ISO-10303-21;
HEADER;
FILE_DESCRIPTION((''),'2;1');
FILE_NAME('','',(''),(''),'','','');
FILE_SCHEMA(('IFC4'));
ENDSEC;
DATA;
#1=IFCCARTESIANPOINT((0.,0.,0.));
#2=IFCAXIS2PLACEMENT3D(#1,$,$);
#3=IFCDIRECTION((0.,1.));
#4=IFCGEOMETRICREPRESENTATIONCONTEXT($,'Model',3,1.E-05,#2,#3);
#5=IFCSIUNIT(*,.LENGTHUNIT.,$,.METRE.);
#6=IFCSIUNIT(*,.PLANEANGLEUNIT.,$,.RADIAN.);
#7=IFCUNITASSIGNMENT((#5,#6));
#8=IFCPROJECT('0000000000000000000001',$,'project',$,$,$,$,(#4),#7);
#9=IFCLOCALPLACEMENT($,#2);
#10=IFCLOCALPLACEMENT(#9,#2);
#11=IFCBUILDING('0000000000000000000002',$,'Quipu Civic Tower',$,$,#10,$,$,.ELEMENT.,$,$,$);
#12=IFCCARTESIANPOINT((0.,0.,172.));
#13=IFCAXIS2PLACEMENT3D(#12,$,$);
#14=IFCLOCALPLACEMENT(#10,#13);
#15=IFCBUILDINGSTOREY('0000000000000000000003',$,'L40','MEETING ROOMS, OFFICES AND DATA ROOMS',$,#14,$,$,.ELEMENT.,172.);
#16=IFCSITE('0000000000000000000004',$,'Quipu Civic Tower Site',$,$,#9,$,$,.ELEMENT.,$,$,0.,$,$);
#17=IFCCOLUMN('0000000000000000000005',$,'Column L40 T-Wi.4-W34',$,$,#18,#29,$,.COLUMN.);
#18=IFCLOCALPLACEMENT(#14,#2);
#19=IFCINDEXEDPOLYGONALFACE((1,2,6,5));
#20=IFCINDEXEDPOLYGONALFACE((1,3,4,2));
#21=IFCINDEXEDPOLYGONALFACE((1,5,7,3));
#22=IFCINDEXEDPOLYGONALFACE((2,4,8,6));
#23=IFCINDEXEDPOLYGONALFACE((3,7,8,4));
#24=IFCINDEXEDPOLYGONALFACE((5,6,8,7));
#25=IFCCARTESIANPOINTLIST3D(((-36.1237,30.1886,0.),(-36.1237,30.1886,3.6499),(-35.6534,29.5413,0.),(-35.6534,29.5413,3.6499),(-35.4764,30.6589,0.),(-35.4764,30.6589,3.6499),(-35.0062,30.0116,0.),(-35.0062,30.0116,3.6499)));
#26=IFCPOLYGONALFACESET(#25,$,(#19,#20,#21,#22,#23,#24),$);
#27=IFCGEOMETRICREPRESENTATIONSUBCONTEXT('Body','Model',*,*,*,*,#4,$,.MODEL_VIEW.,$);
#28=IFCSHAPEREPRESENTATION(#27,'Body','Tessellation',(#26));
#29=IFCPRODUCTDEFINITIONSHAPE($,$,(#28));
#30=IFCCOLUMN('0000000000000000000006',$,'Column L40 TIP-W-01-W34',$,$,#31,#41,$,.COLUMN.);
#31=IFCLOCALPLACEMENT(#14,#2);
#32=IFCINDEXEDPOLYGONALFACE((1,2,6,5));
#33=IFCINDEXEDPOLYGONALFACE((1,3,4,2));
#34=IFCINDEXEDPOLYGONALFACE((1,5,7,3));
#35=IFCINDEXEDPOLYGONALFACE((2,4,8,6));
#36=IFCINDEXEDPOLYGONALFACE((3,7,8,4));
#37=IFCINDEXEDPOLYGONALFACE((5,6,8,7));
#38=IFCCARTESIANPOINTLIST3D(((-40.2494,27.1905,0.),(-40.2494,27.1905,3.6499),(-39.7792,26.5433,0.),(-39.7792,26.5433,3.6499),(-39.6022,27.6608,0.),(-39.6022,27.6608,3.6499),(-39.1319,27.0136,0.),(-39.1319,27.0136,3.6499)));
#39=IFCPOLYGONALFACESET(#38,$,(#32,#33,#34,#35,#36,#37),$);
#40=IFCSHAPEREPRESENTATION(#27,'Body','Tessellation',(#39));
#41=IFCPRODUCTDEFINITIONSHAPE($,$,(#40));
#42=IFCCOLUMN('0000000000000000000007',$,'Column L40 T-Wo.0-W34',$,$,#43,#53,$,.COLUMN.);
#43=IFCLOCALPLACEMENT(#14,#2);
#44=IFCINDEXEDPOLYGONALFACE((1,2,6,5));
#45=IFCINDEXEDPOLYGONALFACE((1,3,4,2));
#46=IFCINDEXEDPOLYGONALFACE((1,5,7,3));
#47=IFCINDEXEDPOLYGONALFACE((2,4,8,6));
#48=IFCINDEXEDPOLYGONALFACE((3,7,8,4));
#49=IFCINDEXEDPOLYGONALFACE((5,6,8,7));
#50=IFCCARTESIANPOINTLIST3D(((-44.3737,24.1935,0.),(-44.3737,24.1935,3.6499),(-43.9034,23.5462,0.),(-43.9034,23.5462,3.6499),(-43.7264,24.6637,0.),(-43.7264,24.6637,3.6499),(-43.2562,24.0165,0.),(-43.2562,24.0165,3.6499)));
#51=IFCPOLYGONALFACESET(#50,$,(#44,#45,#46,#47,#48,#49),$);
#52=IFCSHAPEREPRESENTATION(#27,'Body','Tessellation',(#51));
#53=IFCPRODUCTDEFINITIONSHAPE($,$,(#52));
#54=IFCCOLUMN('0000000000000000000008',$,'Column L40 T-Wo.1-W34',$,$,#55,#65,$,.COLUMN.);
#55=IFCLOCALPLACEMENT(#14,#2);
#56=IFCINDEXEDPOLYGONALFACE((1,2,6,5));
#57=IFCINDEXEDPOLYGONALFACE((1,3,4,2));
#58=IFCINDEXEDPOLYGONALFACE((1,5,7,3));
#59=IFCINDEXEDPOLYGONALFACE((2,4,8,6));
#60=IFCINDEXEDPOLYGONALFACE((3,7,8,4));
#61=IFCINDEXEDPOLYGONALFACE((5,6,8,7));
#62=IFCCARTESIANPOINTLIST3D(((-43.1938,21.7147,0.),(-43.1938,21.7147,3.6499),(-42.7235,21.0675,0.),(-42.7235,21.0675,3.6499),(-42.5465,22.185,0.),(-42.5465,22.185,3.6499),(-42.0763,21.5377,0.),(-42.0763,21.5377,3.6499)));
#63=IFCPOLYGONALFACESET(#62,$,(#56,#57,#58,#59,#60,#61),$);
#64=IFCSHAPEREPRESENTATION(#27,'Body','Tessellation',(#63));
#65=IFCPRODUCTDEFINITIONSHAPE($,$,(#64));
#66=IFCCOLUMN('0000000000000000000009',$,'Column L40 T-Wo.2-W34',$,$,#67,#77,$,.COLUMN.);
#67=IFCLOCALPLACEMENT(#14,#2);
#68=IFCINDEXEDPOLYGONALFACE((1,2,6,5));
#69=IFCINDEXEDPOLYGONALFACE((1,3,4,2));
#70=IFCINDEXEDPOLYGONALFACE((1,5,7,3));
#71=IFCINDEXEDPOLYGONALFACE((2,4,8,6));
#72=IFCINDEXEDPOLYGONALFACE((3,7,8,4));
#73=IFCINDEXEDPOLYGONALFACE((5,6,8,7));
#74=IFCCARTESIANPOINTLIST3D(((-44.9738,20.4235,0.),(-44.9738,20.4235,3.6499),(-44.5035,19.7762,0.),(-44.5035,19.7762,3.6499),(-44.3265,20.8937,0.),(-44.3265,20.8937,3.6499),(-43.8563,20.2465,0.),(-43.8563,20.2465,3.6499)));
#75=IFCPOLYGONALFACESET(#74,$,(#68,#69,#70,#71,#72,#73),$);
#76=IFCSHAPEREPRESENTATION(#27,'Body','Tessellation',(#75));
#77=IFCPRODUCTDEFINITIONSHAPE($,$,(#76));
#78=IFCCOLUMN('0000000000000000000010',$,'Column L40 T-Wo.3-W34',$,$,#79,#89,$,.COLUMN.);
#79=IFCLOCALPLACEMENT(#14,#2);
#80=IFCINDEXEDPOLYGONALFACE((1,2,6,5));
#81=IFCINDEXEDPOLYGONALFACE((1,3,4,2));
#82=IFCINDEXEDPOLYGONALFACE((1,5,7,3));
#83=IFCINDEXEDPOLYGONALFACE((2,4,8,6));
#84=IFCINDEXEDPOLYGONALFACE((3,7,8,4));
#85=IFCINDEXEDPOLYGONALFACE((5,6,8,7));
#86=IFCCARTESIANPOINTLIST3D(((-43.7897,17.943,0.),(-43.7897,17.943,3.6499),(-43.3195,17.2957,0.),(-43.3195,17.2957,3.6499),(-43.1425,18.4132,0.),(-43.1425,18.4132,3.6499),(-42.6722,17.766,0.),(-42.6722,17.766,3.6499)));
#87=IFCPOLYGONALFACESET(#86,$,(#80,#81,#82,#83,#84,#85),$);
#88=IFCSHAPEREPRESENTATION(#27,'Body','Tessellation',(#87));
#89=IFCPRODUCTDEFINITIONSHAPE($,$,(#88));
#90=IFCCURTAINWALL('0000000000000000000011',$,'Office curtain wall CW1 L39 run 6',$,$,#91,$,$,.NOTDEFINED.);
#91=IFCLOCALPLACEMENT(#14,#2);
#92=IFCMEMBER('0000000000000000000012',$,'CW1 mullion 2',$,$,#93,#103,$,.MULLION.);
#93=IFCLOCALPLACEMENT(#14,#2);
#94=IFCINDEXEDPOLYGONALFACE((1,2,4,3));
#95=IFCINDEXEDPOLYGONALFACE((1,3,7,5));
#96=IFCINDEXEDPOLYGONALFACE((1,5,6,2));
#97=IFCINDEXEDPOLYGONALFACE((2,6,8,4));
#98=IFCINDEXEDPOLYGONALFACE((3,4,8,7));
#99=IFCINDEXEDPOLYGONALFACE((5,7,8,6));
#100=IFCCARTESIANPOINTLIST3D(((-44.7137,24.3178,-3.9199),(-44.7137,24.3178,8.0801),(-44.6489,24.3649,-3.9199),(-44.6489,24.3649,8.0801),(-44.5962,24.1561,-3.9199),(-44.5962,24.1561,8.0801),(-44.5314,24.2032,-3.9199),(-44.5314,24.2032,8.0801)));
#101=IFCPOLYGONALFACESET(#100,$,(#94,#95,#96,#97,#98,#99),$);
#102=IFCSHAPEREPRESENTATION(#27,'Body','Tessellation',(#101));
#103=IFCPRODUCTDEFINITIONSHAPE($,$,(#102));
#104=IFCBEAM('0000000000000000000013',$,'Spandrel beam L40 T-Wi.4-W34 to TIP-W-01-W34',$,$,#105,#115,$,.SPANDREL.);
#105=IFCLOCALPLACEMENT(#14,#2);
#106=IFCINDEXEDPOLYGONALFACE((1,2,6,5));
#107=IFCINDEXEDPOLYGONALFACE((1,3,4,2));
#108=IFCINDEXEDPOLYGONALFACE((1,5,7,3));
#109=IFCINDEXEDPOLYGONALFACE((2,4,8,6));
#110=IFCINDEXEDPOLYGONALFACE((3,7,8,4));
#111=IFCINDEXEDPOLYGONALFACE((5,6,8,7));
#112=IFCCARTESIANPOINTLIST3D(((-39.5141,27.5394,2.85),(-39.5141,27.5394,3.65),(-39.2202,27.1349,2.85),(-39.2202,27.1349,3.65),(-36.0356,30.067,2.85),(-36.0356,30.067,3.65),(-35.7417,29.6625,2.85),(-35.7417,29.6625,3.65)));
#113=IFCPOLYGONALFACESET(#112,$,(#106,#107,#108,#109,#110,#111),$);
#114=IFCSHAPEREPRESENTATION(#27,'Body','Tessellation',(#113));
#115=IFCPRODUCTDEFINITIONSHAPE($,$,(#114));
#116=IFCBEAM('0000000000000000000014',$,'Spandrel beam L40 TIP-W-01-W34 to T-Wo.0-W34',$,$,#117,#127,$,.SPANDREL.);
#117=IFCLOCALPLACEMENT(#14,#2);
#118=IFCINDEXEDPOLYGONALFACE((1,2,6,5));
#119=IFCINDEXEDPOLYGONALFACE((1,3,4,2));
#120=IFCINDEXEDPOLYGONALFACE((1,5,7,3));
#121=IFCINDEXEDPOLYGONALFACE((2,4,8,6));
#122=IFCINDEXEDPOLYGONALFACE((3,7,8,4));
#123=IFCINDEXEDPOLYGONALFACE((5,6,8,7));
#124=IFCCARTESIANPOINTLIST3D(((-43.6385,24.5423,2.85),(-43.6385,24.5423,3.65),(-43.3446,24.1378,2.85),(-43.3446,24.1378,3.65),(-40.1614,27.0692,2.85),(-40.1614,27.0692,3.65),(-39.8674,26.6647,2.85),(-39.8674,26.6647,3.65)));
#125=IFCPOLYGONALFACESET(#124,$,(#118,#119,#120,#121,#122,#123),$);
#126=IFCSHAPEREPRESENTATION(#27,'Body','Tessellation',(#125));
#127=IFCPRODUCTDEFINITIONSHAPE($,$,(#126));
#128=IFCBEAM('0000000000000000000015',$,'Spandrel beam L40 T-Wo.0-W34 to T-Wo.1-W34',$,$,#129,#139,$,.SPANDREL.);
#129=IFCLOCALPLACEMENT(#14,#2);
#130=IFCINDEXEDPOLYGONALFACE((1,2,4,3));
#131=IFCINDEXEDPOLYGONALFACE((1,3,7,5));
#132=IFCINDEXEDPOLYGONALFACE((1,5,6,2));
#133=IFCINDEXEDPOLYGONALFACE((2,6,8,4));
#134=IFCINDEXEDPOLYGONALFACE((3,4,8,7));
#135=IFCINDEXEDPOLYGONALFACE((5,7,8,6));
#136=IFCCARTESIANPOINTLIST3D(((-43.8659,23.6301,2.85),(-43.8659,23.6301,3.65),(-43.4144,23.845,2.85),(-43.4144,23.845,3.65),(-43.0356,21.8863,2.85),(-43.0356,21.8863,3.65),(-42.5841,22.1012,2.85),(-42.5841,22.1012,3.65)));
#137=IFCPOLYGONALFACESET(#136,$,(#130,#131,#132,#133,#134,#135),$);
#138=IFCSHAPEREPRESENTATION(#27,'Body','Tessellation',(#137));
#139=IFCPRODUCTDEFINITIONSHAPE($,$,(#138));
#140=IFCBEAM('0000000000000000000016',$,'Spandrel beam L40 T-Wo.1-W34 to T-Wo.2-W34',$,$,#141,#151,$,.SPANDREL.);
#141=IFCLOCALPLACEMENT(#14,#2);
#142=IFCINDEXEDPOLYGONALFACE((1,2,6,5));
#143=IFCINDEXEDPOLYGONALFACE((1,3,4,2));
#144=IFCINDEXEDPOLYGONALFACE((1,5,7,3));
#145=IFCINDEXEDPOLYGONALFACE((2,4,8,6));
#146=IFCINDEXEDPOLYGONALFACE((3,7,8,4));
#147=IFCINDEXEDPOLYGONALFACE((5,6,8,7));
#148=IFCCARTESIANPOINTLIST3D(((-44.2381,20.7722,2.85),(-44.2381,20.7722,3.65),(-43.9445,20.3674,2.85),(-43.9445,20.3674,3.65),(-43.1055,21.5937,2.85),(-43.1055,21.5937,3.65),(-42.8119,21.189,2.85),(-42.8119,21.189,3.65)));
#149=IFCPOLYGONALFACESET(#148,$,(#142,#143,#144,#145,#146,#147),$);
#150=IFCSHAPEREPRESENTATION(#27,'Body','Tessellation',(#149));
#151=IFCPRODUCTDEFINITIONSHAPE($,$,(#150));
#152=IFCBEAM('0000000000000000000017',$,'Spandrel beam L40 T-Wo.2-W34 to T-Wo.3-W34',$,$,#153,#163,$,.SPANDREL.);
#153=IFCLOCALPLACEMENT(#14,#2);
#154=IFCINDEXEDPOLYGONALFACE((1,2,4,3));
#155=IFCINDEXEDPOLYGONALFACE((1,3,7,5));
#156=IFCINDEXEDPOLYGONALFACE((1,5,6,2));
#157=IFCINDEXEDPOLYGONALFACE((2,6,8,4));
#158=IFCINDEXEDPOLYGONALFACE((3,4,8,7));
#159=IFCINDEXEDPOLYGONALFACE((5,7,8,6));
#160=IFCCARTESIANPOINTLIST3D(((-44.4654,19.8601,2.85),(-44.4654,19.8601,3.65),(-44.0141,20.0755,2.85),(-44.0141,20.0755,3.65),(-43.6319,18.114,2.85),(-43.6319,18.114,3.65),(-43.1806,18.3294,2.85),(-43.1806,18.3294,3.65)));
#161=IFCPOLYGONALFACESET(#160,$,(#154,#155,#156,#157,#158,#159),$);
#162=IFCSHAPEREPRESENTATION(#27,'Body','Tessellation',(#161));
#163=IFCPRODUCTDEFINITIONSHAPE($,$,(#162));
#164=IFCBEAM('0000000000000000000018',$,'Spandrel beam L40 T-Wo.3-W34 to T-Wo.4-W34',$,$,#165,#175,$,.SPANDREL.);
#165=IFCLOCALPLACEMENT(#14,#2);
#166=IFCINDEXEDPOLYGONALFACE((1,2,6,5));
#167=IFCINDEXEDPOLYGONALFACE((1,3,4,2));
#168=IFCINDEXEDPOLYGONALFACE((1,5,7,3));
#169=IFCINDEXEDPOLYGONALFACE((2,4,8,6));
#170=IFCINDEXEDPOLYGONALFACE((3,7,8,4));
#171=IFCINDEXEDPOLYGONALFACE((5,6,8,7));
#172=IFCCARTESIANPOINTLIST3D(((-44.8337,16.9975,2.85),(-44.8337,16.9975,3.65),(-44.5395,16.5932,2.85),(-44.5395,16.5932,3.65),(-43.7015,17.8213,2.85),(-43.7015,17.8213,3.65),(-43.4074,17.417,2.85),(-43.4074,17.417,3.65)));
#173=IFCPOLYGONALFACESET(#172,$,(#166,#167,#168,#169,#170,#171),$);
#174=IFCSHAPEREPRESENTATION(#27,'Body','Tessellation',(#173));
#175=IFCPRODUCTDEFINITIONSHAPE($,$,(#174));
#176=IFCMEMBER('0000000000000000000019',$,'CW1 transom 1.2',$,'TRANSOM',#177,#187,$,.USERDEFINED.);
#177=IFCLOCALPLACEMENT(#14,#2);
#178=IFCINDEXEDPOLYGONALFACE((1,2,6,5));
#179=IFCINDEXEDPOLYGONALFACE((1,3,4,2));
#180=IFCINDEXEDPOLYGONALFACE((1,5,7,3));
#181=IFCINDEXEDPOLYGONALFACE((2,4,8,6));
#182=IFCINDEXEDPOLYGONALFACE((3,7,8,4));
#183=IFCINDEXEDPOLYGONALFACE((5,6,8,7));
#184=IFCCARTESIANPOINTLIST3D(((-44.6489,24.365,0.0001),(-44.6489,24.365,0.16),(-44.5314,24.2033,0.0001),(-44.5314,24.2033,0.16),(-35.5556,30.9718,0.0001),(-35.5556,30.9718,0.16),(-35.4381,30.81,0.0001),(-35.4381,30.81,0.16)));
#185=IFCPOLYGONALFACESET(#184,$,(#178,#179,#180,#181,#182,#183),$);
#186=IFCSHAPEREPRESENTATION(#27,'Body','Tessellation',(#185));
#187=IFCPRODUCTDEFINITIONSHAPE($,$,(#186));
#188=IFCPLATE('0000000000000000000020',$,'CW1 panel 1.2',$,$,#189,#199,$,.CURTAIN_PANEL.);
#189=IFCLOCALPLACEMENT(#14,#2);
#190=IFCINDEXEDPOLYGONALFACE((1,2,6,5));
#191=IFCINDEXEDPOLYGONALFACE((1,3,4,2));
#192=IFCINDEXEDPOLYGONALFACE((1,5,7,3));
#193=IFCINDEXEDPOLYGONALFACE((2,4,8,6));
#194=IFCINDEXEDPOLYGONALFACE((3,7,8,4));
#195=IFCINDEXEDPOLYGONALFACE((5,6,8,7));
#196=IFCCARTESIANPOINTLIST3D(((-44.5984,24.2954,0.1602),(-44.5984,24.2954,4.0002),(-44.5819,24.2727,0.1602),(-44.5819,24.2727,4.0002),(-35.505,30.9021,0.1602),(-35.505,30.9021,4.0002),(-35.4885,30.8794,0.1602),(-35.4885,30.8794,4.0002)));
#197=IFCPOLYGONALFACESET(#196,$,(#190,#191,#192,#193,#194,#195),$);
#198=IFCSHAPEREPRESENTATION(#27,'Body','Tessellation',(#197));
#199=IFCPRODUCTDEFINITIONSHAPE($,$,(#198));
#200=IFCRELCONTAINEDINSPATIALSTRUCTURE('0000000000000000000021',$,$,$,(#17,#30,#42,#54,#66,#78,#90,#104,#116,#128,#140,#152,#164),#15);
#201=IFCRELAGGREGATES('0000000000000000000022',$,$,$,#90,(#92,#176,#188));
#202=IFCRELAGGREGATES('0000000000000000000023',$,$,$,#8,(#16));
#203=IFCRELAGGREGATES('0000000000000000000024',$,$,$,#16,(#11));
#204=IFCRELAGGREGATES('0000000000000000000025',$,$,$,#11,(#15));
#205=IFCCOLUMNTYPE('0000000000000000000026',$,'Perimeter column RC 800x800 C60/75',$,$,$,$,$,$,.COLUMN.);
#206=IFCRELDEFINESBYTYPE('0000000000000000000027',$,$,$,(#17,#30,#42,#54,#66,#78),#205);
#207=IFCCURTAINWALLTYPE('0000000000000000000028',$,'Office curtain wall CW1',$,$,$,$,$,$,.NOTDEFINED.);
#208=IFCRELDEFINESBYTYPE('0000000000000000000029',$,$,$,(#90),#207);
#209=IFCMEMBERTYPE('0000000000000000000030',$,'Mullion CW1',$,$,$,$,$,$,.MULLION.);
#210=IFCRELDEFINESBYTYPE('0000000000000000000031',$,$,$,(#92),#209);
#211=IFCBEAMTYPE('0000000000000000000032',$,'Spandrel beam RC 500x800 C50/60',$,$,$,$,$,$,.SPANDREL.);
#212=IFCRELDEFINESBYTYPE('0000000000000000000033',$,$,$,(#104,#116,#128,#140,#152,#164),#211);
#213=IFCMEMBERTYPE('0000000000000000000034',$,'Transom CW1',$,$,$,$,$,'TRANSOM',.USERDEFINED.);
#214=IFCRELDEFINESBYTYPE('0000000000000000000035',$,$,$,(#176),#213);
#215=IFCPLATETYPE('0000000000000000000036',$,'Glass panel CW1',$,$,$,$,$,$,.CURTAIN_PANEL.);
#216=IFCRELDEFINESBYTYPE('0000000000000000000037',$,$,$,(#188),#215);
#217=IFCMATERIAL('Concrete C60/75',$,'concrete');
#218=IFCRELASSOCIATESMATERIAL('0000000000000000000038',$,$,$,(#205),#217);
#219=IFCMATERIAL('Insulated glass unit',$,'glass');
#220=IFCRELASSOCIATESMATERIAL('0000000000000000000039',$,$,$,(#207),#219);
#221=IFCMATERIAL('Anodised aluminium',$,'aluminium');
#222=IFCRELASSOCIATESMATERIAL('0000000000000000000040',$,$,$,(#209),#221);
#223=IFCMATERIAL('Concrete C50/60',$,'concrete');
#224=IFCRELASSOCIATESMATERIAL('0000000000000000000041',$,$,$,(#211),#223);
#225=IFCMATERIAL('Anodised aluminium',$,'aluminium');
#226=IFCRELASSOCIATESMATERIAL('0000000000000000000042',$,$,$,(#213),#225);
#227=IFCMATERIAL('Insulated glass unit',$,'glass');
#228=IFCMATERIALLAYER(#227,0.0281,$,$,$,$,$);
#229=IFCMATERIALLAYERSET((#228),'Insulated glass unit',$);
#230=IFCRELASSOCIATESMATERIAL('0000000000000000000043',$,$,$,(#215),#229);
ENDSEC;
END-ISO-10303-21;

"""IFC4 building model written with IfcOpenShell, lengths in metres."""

from ifc_helpers import new_model, si_unit, direction, frame, origin, origin_2d, place, context, subcontext, project, spatial, rectangle, extrude, material, layer, layer_set, material_profile, profile_set, type_object, element, aggregate, save


model = new_model("IFC4")

# Units and contexts
model_context = context("Model", 3, precision=1e-05, world=origin(), true_north=direction((0.0, 1.0)))
body_context = subcontext(model_context, "Body", "Model", "MODEL_VIEW")
ifc_project = project(units=[si_unit("LENGTHUNIT", "METRE"), si_unit("PLANEANGLEUNIT", "RADIAN")], contexts=[model_context])

# Site, building, storey
site_placement = place(None, origin())
site = spatial("IfcSite", under=ifc_project, at=site_placement, Name="Quipu Civic Tower Site", CompositionType="ELEMENT", RefElevation=0.0)
building_placement = place(site_placement, origin())
building = spatial("IfcBuilding", under=site, at=building_placement, Name="Quipu Civic Tower", CompositionType="ELEMENT")
storey_placement = place(building_placement, frame((0.0, 0.0, 172.0)))
storey = spatial("IfcBuildingStorey", under=building, at=storey_placement, Name="L40", Description="MEETING ROOMS, OFFICES AND DATA ROOMS", CompositionType="ELEMENT", Elevation=172.0)

# Columns
ifc_material_1 = material(Name="Concrete C60/75", Category="concrete")
ifc_material_profile_1 = material_profile(ifc_material_1, rectangle(XDim=0.8, YDim=0.8, at=origin_2d()), Name="RC800x800")
ifc_profile_set_1 = profile_set([ifc_material_profile_1], Name="Concrete C60/75")
column_type = type_object("IfcColumnType", Name="Perimeter column RC 800x800 C60/75", PredefinedType="COLUMN", material=ifc_profile_set_1)
for number, where, z_axis, x_axis, name in (
    (1, (-35.5649, 30.1001, 0.0), (0.0, 0.0, 1.0), (-0.809017, -0.587785, 0.0), "Column L40 T-Wi.4-W34"),
    (2, (-39.6907, 27.1021, 0.0), (0.0, 0.0, 1.0), (-0.809017, -0.587785, 0.0), "Column L40 TIP-W-01-W34"),
    (3, (-43.8149, 24.105, 0.0), (0.0, 0.0, 1.0), (-0.809017, -0.587785, 0.0), "Column L40 T-Wo.0-W34"),
    (4, (-42.635, 21.6262, 0.0), (0.0, 0.0, 1.0), (-0.809017, -0.587785, 0.0), "Column L40 T-Wo.1-W34"),
    (5, (-44.415, 20.335, 0.0), (0.0, 0.0, 1.0), (0.587785, -0.809017, 0.0), "Column L40 T-Wo.2-W34"),
    (6, (-43.231, 17.8545, 0.0), (0.0, 0.0, 1.0), (0.587785, -0.809017, 0.0), "Column L40 T-Wo.3-W34"),
):
    element("IfcColumn", number, at=place(storey_placement, frame(where, z_axis=z_axis, x_axis=x_axis)), inside=storey, type_object=column_type, Name=name, PredefinedType="COLUMN", context=body_context, shape_type="SweptSolid", body=[
        extrude(rectangle(XDim=0.8, YDim=0.8, at=origin_2d()), origin(), (0.0, 0.0, 1.0), 3.6499),
    ])

# Curtain wall, member
ifc_material_2 = material(Name="Insulated glass unit", Category="glass")
curtain_wall_type = type_object("IfcCurtainWallType", Name="Office curtain wall CW1", PredefinedType="NOTDEFINED", material=ifc_material_2)
curtain_wall_placement = place(storey_placement, origin())
curtain_wall = element("IfcCurtainWall", 7, at=curtain_wall_placement, inside=storey, type_object=curtain_wall_type, Name="Office curtain wall CW1 L39 run 6", PredefinedType="NOTDEFINED")
ifc_material_3 = material(Name="Anodised aluminium", Category="aluminium")
ifc_material_profile_2 = material_profile(ifc_material_3, rectangle(XDim=0.2, YDim=0.0801, at=origin_2d()), Name="RECT 200x80")
ifc_profile_set_2 = profile_set([ifc_material_profile_2], Name="Anodised aluminium")
member_type_1 = type_object("IfcMemberType", Name="Mullion CW1", PredefinedType="MULLION", material=ifc_profile_set_2)
member_1_placement = place(storey_placement, frame((-44.6226, 24.2605, -3.9199), z_axis=(0.0, 0.0, 1.0), x_axis=(0.587788, -0.809015, 0.0)))
member_1 = element("IfcMember", 8, at=member_1_placement, type_object=member_type_1, Name="CW1 mullion 2", PredefinedType="MULLION", context=body_context, shape_type="SweptSolid", body=[
    extrude(rectangle(XDim=0.2, YDim=0.0801, at=origin_2d()), origin(), (0.0, 0.0, 1.0), 12.0),
])

# Beams
ifc_material_4 = material(Name="Concrete C50/60", Category="concrete")
ifc_material_profile_3 = material_profile(ifc_material_4, rectangle(XDim=0.5, YDim=0.8, at=origin_2d()), Name="RC500x800")
ifc_profile_set_3 = profile_set([ifc_material_profile_3], Name="Concrete C50/60")
beam_type = type_object("IfcBeamType", Name="Spandrel beam RC 500x800 C50/60", PredefinedType="SPANDREL", material=ifc_profile_set_3)
beam_1_placement = place(storey_placement, frame((-35.8887, 29.8647, 3.25), z_axis=(-0.808984, -0.587831, 0.0), x_axis=(0.587831, -0.808984, 0.0)))
element("IfcBeam", 9, at=beam_1_placement, inside=storey, type_object=beam_type, Name="Spandrel beam L40 T-Wi.4-W34 to TIP-W-01-W34", PredefinedType="SPANDREL", context=body_context, shape_type="SweptSolid", body=[
    extrude(rectangle(XDim=0.5, YDim=0.8, at=origin_2d()), origin(), (0.0, 0.0, 1.0), 4.2998),
])
beam_2_placement = place(storey_placement, frame((-40.0144, 26.8669, 3.25), z_axis=(-0.808947, -0.587881, 0.0), x_axis=(0.587881, -0.808947, 0.0)))
element("IfcBeam", 10, at=beam_2_placement, inside=storey, type_object=beam_type, Name="Spandrel beam L40 TIP-W-01-W34 to T-Wo.0-W34", PredefinedType="SPANDREL", context=body_context, shape_type="SweptSolid", body=[
    extrude(rectangle(XDim=0.5, YDim=0.8, at=origin_2d()), origin(), (0.0, 0.0, 1.0), 4.2983),
])
beam_3_placement = place(storey_placement, frame((-43.6401, 23.7375, 3.25), z_axis=(0.429889, -0.902882, 0.0), x_axis=(0.902882, 0.429889, 0.0)))
element("IfcBeam", 11, at=beam_3_placement, inside=storey, type_object=beam_type, Name="Spandrel beam L40 T-Wo.0-W34 to T-Wo.1-W34", PredefinedType="SPANDREL", context=body_context, shape_type="SweptSolid", body=[
    extrude(rectangle(XDim=0.5, YDim=0.8, at=origin_2d()), origin(), (0.0, 0.0, 1.0), 1.9314),
])
beam_4_placement = place(storey_placement, frame((-42.9587, 21.3914, 3.25), z_axis=(-0.809467, -0.587165, 0.0), x_axis=(0.587165, -0.809467, 0.0)))
element("IfcBeam", 12, at=beam_4_placement, inside=storey, type_object=beam_type, Name="Spandrel beam L40 T-Wo.1-W34 to T-Wo.2-W34", PredefinedType="SPANDREL", context=body_context, shape_type="SweptSolid", body=[
    extrude(rectangle(XDim=0.5, YDim=0.8, at=origin_2d()), origin(), (0.0, 0.0, 1.0), 1.3992),
])
beam_5_placement = place(storey_placement, frame((-44.2397, 19.9678, 3.25), z_axis=(0.430786, -0.902454, 0.0), x_axis=(0.902454, 0.430786, 0.0)))
element("IfcBeam", 13, at=beam_5_placement, inside=storey, type_object=beam_type, Name="Spandrel beam L40 T-Wo.2-W34 to T-Wo.3-W34", PredefinedType="SPANDREL", context=body_context, shape_type="SweptSolid", body=[
    extrude(rectangle(XDim=0.5, YDim=0.8, at=origin_2d()), origin(), (0.0, 0.0, 1.0), 1.9348),
])
beam_6_placement = place(storey_placement, frame((-43.5544, 17.6191, 3.25), z_axis=(-0.8086, -0.588358, 0.0), x_axis=(0.588358, -0.8086, 0.0)))
element("IfcBeam", 14, at=beam_6_placement, inside=storey, type_object=beam_type, Name="Spandrel beam L40 T-Wo.3-W34 to T-Wo.4-W34", PredefinedType="SPANDREL", context=body_context, shape_type="SweptSolid", body=[
    extrude(rectangle(XDim=0.5, YDim=0.8, at=origin_2d()), origin(), (0.0, 0.0, 1.0), 1.4001),
])

# Member
ifc_material_5 = material(Name="Anodised aluminium", Category="aluminium")
ifc_material_profile_4 = material_profile(ifc_material_5, rectangle(XDim=0.2, YDim=0.1599, at=origin_2d()), Name="RECT 200x160")
ifc_profile_set_4 = profile_set([ifc_material_profile_4], Name="Anodised aluminium")
member_type_2 = type_object("IfcMemberType", Name="Transom CW1", ElementType="TRANSOM", PredefinedType="USERDEFINED", material=ifc_profile_set_4)
member_2_placement = place(storey_placement, frame((-35.4968, 30.8909, 0.0801), z_axis=(-0.809015, -0.587788, 0.0), x_axis=(0.587788, -0.809015, 0.0)))
member_2 = element("IfcMember", 15, at=member_2_placement, type_object=member_type_2, Name="CW1 transom 1.2", ObjectType="TRANSOM", PredefinedType="USERDEFINED", context=body_context, shape_type="SweptSolid", body=[
    extrude(rectangle(XDim=0.2, YDim=0.1599, at=origin_2d()), origin(), (0.0, 0.0, 1.0), 11.24),
])

# Plate
ifc_material_6 = material(Name="Insulated glass unit", Category="glass")
ifc_layer = layer(ifc_material_6, 0.0281)
ifc_layer_set = layer_set([ifc_layer], Name="Insulated glass unit")
plate_type_1 = type_object("IfcPlateType", Name="Glass panel CW1", PredefinedType="CURTAIN_PANEL", material=ifc_layer_set)
plate_placement = place(storey_placement, frame((-40.0435, 27.5874, 0.1602), z_axis=(0.0, 0.0, 1.0), x_axis=(-0.809015, -0.587788, 0.0)))
plate = element("IfcPlate", 16, at=plate_placement, type_object=plate_type_1, Name="CW1 panel 1.2", PredefinedType="CURTAIN_PANEL", context=body_context, shape_type="SweptSolid", body=[
    extrude(rectangle(XDim=11.24, YDim=0.0281, at=origin_2d()), origin(), (0.0, 0.0, 1.0), 3.8401),
])
aggregate(curtain_wall, [member_1, member_2, plate])

save(model, "model.ifc")
